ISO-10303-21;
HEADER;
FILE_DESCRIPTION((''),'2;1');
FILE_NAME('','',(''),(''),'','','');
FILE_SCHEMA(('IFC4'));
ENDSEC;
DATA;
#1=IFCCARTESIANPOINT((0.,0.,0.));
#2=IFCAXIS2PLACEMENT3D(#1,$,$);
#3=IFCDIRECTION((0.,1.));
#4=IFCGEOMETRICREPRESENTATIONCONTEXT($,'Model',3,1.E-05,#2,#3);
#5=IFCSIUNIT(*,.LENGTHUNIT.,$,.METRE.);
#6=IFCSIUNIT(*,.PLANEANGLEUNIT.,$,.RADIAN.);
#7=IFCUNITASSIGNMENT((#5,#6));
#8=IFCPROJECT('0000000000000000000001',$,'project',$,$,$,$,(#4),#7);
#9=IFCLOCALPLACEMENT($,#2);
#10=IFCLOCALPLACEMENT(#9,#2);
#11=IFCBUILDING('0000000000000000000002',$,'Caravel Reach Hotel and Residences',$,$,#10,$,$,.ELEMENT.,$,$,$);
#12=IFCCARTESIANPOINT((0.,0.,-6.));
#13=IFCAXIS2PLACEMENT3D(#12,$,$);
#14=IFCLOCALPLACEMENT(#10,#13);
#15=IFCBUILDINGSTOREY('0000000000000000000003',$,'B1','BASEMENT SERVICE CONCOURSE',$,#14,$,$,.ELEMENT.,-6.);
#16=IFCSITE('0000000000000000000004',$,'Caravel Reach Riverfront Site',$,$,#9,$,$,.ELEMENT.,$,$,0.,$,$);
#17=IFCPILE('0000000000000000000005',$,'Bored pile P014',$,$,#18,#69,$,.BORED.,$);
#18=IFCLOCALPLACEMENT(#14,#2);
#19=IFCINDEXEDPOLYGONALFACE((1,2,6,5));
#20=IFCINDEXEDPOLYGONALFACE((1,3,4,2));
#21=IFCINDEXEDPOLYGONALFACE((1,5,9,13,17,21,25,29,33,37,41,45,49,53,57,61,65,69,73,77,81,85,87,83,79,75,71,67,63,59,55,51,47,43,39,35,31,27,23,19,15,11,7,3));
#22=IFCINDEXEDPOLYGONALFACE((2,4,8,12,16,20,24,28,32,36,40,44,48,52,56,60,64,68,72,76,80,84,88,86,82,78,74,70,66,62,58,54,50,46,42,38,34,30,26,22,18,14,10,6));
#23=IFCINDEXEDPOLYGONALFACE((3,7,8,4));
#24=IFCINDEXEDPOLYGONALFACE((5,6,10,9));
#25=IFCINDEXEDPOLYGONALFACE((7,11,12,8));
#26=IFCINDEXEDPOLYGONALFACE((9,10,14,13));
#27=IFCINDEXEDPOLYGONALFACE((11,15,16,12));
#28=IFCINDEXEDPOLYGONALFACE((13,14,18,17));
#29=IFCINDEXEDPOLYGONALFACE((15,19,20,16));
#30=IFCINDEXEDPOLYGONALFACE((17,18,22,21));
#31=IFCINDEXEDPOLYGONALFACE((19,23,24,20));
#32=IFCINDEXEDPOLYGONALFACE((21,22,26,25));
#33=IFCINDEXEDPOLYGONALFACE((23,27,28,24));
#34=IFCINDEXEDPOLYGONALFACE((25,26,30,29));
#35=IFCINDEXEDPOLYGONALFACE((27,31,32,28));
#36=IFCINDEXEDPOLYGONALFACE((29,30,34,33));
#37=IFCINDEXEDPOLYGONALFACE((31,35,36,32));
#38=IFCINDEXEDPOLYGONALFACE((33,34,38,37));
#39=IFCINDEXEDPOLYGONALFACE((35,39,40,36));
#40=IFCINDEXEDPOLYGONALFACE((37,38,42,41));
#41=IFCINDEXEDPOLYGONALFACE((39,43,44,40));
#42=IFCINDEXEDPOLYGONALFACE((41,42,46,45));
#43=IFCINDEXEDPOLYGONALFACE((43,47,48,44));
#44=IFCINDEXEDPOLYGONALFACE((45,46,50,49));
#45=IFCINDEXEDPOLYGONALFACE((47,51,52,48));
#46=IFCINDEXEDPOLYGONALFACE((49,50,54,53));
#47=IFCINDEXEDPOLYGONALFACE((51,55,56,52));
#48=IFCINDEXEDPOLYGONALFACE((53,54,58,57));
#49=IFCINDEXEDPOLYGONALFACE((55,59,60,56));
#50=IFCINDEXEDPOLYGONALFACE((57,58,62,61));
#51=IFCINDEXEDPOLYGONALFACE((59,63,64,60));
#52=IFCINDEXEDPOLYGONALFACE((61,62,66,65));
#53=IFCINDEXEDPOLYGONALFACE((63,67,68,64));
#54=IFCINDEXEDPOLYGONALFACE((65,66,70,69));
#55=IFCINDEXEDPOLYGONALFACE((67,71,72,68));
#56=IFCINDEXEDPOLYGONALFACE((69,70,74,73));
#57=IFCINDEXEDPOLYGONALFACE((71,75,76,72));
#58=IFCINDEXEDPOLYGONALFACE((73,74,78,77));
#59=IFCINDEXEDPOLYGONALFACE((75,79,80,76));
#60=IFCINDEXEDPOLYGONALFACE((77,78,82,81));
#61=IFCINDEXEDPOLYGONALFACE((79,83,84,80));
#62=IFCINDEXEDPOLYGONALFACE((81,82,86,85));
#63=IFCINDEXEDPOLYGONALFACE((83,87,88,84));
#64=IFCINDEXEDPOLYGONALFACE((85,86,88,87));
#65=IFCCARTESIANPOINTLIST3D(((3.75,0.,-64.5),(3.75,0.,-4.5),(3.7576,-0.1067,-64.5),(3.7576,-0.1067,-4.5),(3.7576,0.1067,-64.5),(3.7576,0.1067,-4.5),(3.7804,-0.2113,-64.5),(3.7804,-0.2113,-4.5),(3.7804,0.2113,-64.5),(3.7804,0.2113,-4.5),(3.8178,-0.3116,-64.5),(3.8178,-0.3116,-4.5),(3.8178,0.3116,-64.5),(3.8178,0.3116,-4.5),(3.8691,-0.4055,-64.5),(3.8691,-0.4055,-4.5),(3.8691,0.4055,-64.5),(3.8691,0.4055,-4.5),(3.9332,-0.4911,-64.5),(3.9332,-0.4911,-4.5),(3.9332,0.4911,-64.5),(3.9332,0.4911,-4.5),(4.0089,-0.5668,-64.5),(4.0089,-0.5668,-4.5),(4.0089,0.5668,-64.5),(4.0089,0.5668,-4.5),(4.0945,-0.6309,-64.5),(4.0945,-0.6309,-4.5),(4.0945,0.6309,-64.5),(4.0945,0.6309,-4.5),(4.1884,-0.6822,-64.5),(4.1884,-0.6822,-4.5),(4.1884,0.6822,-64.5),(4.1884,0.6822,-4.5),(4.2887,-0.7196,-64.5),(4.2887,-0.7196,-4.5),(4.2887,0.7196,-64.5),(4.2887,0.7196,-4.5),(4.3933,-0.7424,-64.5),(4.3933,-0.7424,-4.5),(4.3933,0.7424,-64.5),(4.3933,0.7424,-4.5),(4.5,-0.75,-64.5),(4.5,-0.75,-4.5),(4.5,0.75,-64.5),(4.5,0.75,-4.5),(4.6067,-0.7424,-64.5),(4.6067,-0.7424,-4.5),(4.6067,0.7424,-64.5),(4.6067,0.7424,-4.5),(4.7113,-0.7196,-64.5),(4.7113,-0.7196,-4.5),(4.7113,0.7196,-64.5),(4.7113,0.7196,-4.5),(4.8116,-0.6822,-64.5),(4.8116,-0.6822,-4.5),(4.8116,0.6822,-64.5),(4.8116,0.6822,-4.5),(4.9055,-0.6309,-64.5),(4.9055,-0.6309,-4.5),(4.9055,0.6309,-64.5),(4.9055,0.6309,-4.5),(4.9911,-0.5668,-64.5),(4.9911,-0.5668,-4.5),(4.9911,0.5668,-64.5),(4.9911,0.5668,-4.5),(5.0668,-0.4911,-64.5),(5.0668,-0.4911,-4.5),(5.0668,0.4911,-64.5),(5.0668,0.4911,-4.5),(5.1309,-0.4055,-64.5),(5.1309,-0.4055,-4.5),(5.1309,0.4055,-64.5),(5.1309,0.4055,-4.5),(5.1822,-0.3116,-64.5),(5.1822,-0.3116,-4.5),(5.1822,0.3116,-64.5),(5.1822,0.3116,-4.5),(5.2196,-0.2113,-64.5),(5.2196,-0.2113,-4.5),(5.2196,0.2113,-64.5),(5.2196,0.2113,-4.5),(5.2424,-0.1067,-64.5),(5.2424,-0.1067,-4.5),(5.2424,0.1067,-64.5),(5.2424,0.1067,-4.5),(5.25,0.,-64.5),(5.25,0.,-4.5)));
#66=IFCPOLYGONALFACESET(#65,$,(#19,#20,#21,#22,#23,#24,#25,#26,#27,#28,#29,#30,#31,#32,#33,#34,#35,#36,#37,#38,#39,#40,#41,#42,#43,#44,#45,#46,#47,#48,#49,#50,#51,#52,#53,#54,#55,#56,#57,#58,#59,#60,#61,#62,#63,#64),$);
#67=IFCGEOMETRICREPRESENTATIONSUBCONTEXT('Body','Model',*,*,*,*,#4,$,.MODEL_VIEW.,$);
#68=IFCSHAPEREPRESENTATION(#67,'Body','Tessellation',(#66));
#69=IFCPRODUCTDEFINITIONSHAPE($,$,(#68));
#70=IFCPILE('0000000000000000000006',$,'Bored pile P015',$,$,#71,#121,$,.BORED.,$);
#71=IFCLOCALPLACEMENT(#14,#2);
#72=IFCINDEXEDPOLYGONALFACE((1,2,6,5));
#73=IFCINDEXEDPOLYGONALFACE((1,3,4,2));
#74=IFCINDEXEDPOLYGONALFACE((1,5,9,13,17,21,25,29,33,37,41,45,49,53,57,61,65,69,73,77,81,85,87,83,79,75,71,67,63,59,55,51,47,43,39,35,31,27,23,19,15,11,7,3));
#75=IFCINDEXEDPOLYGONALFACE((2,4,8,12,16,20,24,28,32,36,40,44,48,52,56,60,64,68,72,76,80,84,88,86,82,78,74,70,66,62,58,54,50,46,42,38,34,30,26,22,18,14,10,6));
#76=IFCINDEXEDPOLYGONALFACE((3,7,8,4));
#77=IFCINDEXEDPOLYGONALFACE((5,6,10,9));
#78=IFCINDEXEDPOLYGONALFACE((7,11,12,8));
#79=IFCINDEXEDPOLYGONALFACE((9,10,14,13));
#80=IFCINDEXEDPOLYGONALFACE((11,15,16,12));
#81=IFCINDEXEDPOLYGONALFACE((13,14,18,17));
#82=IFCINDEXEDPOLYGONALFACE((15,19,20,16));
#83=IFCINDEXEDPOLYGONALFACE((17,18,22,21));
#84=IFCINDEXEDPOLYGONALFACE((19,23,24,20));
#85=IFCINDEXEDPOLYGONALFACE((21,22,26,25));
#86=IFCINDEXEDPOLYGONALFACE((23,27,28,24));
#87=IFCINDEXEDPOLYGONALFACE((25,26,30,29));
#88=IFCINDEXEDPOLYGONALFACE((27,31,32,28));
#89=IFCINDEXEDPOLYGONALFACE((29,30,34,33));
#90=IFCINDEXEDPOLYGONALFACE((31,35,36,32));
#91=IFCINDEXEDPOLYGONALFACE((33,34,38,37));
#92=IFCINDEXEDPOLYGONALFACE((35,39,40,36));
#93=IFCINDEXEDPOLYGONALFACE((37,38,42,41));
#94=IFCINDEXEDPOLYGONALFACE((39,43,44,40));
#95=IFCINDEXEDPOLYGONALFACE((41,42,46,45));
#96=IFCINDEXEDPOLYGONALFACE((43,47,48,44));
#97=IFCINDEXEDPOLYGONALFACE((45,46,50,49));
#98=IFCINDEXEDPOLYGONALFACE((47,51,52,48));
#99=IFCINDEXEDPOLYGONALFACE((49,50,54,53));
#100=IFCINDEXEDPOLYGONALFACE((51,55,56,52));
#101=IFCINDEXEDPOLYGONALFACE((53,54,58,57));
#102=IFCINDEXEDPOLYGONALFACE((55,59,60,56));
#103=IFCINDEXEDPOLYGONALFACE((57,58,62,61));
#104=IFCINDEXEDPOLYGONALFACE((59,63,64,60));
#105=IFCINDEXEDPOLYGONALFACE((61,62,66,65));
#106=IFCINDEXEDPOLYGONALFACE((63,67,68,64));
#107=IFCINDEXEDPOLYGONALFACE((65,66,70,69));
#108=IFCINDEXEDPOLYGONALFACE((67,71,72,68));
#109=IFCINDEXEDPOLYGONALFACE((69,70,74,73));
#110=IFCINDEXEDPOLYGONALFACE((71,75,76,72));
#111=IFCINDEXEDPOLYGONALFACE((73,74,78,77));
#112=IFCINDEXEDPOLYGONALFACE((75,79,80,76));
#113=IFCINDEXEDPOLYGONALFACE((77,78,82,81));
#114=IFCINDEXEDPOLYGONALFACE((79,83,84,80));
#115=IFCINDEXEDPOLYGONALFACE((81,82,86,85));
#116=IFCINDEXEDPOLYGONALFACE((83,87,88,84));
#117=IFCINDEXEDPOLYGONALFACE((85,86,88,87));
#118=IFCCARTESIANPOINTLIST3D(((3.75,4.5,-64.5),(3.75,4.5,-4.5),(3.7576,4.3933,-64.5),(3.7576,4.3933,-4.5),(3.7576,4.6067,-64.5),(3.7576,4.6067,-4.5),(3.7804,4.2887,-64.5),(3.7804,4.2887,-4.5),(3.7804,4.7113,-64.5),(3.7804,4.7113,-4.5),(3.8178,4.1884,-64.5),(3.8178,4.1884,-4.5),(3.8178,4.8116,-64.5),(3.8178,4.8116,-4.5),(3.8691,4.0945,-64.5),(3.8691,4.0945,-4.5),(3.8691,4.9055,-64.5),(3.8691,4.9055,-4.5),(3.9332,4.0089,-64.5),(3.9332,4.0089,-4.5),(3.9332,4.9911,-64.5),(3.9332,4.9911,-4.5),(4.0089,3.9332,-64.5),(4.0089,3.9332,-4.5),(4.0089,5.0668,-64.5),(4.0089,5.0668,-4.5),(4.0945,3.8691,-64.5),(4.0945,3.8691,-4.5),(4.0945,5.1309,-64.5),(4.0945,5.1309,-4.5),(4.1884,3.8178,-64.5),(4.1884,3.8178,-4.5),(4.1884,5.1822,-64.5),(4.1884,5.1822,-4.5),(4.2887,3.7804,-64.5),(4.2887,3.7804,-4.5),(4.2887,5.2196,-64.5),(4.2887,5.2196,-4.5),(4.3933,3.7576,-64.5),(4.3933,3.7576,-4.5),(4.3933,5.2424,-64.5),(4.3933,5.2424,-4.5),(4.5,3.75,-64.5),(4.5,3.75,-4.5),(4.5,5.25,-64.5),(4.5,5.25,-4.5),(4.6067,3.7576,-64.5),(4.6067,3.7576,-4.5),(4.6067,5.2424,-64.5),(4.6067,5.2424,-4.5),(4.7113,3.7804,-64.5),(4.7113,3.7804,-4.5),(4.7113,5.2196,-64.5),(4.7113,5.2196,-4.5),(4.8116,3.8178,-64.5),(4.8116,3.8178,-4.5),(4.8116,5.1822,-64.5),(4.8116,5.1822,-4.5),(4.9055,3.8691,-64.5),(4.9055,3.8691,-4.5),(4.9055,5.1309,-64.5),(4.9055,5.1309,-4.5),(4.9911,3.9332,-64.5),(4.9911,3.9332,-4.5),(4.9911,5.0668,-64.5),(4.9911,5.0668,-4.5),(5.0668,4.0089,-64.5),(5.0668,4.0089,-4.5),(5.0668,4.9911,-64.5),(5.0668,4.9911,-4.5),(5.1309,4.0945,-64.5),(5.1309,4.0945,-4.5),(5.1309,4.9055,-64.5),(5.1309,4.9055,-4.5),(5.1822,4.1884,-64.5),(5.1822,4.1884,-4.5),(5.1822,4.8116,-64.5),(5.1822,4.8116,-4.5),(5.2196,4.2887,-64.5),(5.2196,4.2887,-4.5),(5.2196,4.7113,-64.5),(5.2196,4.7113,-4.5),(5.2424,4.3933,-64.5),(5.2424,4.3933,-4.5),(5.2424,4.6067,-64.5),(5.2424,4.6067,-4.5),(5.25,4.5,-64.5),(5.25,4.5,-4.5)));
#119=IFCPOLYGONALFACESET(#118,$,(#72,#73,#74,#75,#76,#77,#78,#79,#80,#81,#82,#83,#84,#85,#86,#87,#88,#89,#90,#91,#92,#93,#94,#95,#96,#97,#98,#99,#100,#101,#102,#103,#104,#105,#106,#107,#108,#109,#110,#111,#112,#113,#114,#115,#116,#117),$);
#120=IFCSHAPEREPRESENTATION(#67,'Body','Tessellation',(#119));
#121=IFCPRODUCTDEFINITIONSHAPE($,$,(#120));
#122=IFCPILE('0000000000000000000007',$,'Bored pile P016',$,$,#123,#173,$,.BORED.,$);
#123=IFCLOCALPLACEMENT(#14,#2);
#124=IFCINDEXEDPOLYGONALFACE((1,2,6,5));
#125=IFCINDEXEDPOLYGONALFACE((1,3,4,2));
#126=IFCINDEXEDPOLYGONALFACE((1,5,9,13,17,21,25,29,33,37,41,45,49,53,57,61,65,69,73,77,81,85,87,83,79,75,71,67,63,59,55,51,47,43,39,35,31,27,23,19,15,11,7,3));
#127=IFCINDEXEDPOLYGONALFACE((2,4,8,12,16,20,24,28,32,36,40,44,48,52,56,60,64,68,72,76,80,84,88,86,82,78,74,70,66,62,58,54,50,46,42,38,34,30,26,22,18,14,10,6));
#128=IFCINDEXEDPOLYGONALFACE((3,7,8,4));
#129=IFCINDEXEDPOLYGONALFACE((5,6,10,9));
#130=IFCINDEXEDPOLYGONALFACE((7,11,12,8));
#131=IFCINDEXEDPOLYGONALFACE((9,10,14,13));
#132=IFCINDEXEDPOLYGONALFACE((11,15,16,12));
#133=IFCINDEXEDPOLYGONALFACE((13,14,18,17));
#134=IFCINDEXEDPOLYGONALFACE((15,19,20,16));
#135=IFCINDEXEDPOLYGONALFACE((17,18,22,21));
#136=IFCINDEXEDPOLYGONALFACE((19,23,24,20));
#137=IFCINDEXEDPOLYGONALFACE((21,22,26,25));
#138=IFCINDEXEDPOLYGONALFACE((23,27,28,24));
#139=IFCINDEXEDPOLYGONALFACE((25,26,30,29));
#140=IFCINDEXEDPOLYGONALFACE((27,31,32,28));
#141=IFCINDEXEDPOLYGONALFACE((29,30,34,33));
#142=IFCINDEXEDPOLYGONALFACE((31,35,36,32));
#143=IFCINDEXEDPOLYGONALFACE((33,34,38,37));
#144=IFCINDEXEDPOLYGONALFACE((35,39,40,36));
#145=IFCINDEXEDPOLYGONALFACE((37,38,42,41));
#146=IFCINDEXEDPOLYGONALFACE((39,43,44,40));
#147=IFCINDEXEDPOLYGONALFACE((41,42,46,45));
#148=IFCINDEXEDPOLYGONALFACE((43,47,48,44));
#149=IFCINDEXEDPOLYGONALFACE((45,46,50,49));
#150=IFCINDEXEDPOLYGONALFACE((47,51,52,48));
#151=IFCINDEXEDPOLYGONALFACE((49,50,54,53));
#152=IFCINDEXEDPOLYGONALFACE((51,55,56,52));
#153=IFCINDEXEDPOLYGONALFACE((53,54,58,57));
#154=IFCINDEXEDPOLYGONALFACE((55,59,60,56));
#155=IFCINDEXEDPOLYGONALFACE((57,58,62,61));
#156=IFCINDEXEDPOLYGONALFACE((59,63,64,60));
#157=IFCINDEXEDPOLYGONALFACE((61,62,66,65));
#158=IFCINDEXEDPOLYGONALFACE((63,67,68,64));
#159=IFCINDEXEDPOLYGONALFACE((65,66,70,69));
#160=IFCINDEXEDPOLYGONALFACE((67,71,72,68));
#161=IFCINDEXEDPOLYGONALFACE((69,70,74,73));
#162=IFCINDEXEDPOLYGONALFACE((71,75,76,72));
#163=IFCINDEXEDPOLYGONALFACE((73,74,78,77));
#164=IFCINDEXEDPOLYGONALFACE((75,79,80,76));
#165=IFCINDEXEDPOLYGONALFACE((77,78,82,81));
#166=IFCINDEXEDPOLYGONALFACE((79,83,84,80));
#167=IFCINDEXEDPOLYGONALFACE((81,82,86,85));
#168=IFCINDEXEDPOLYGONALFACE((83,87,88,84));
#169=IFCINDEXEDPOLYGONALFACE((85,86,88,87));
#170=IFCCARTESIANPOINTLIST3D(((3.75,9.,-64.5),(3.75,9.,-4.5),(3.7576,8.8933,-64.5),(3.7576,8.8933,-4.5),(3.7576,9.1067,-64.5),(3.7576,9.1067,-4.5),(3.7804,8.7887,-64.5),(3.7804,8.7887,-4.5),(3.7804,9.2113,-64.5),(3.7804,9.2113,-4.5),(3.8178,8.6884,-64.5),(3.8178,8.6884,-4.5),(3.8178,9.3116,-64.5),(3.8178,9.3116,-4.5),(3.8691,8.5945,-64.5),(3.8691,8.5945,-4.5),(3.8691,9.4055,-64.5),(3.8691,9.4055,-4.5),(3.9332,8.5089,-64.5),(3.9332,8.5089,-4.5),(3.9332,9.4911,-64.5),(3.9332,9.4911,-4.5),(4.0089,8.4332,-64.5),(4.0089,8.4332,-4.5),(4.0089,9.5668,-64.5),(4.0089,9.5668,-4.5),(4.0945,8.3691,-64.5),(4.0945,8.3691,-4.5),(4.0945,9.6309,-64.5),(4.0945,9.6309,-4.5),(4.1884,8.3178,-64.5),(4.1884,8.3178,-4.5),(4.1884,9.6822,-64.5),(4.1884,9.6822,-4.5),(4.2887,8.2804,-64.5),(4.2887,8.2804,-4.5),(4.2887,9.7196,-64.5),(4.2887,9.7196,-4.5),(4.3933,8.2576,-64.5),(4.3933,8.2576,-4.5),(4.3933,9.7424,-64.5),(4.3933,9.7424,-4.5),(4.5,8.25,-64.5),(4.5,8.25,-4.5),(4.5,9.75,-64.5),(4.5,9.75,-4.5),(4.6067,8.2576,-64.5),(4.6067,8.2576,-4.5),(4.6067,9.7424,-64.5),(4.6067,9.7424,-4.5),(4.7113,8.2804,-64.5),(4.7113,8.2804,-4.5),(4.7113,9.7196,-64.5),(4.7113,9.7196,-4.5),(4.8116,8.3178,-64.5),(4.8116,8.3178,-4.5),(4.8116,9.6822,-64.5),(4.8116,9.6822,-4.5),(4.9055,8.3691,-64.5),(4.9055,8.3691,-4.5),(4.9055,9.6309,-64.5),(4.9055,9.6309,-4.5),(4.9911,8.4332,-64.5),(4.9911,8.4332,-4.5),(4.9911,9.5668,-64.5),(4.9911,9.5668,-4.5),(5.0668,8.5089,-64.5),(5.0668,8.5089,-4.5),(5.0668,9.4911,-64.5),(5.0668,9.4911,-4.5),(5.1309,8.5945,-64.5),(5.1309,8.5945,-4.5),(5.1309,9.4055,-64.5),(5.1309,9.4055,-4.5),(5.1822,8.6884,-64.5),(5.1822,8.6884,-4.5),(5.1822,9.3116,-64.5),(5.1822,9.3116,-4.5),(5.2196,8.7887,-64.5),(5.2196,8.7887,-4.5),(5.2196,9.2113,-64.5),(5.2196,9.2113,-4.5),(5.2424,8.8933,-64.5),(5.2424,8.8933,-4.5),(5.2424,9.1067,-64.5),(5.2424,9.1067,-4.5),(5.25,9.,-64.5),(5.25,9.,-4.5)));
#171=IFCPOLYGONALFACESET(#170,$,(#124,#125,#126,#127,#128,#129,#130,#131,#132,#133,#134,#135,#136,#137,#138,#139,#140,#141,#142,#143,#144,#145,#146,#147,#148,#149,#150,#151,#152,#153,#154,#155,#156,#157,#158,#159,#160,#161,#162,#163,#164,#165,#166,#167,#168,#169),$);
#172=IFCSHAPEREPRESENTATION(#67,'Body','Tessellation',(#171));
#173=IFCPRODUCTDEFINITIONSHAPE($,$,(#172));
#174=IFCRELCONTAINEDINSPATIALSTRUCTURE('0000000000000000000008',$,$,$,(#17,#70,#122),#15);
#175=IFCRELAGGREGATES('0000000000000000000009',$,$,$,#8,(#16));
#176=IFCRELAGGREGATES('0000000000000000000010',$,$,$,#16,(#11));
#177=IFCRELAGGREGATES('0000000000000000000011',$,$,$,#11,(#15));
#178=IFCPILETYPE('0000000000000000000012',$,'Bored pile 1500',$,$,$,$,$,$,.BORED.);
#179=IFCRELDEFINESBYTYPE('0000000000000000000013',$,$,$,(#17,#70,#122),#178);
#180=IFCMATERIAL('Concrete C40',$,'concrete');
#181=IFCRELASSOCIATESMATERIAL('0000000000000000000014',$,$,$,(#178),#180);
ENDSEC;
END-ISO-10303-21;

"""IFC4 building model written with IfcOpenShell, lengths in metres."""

from ifc_helpers import new_model, si_unit, direction, frame, origin, origin_2d, place, context, subcontext, project, spatial, circle, extrude, material, material_profile, profile_set, type_object, element, save


model = new_model("IFC4")

# Units and contexts
model_context = context("Model", 3, precision=1e-05, world=origin(), true_north=direction((0.0, 1.0)))
body_context = subcontext(model_context, "Body", "Model", "MODEL_VIEW")
ifc_project = project(units=[si_unit("LENGTHUNIT", "METRE"), si_unit("PLANEANGLEUNIT", "RADIAN")], contexts=[model_context])

# Site, building, storey
site_placement = place(None, origin())
site = spatial("IfcSite", under=ifc_project, at=site_placement, Name="Caravel Reach Riverfront Site", CompositionType="ELEMENT", RefElevation=0.0)
building_placement = place(site_placement, origin())
building = spatial("IfcBuilding", under=site, at=building_placement, Name="Caravel Reach Hotel and Residences", CompositionType="ELEMENT")
storey_placement = place(building_placement, frame((0.0, 0.0, -6.0)))
storey = spatial("IfcBuildingStorey", under=building, at=storey_placement, Name="B1", Description="BASEMENT SERVICE CONCOURSE", CompositionType="ELEMENT", Elevation=-6.0)

# Piles
ifc_material_1 = material(Name="Concrete C40", Category="concrete")
ifc_material_profile_1 = material_profile(ifc_material_1, circle(Radius=0.75, at=origin_2d()), Name="PILE 1500")
ifc_profile_set_1 = profile_set([ifc_material_profile_1], Name="Concrete C40")
pile_type_1 = type_object("IfcPileType", Name="Bored pile 1500", PredefinedType="BORED", material=ifc_profile_set_1)
for number, where, z_axis, x_axis, name in (
    (1, (4.5, 0.0, -4.5), (0.0, 0.0, -1.0), (1.0, 0.0, 0.0), "Bored pile P014"),
    (2, (4.5, 4.5, -4.5), (0.0, 0.0, -1.0), (1.0, 0.0, 0.0), "Bored pile P015"),
    (3, (4.5, 9.0, -4.5), (0.0, 0.0, -1.0), (1.0, 0.0, 0.0), "Bored pile P016"),
):
    element("IfcPile", number, at=place(storey_placement, frame(where, z_axis=z_axis, x_axis=x_axis)), inside=storey, type_object=pile_type_1, Name=name, PredefinedType="BORED", context=body_context, shape_type="SweptSolid", body=[
        extrude(circle(Radius=0.75, at=origin_2d()), origin(), (0.0, 0.0, 1.0), 60.0),
    ])

save(model, "model.ifc")
